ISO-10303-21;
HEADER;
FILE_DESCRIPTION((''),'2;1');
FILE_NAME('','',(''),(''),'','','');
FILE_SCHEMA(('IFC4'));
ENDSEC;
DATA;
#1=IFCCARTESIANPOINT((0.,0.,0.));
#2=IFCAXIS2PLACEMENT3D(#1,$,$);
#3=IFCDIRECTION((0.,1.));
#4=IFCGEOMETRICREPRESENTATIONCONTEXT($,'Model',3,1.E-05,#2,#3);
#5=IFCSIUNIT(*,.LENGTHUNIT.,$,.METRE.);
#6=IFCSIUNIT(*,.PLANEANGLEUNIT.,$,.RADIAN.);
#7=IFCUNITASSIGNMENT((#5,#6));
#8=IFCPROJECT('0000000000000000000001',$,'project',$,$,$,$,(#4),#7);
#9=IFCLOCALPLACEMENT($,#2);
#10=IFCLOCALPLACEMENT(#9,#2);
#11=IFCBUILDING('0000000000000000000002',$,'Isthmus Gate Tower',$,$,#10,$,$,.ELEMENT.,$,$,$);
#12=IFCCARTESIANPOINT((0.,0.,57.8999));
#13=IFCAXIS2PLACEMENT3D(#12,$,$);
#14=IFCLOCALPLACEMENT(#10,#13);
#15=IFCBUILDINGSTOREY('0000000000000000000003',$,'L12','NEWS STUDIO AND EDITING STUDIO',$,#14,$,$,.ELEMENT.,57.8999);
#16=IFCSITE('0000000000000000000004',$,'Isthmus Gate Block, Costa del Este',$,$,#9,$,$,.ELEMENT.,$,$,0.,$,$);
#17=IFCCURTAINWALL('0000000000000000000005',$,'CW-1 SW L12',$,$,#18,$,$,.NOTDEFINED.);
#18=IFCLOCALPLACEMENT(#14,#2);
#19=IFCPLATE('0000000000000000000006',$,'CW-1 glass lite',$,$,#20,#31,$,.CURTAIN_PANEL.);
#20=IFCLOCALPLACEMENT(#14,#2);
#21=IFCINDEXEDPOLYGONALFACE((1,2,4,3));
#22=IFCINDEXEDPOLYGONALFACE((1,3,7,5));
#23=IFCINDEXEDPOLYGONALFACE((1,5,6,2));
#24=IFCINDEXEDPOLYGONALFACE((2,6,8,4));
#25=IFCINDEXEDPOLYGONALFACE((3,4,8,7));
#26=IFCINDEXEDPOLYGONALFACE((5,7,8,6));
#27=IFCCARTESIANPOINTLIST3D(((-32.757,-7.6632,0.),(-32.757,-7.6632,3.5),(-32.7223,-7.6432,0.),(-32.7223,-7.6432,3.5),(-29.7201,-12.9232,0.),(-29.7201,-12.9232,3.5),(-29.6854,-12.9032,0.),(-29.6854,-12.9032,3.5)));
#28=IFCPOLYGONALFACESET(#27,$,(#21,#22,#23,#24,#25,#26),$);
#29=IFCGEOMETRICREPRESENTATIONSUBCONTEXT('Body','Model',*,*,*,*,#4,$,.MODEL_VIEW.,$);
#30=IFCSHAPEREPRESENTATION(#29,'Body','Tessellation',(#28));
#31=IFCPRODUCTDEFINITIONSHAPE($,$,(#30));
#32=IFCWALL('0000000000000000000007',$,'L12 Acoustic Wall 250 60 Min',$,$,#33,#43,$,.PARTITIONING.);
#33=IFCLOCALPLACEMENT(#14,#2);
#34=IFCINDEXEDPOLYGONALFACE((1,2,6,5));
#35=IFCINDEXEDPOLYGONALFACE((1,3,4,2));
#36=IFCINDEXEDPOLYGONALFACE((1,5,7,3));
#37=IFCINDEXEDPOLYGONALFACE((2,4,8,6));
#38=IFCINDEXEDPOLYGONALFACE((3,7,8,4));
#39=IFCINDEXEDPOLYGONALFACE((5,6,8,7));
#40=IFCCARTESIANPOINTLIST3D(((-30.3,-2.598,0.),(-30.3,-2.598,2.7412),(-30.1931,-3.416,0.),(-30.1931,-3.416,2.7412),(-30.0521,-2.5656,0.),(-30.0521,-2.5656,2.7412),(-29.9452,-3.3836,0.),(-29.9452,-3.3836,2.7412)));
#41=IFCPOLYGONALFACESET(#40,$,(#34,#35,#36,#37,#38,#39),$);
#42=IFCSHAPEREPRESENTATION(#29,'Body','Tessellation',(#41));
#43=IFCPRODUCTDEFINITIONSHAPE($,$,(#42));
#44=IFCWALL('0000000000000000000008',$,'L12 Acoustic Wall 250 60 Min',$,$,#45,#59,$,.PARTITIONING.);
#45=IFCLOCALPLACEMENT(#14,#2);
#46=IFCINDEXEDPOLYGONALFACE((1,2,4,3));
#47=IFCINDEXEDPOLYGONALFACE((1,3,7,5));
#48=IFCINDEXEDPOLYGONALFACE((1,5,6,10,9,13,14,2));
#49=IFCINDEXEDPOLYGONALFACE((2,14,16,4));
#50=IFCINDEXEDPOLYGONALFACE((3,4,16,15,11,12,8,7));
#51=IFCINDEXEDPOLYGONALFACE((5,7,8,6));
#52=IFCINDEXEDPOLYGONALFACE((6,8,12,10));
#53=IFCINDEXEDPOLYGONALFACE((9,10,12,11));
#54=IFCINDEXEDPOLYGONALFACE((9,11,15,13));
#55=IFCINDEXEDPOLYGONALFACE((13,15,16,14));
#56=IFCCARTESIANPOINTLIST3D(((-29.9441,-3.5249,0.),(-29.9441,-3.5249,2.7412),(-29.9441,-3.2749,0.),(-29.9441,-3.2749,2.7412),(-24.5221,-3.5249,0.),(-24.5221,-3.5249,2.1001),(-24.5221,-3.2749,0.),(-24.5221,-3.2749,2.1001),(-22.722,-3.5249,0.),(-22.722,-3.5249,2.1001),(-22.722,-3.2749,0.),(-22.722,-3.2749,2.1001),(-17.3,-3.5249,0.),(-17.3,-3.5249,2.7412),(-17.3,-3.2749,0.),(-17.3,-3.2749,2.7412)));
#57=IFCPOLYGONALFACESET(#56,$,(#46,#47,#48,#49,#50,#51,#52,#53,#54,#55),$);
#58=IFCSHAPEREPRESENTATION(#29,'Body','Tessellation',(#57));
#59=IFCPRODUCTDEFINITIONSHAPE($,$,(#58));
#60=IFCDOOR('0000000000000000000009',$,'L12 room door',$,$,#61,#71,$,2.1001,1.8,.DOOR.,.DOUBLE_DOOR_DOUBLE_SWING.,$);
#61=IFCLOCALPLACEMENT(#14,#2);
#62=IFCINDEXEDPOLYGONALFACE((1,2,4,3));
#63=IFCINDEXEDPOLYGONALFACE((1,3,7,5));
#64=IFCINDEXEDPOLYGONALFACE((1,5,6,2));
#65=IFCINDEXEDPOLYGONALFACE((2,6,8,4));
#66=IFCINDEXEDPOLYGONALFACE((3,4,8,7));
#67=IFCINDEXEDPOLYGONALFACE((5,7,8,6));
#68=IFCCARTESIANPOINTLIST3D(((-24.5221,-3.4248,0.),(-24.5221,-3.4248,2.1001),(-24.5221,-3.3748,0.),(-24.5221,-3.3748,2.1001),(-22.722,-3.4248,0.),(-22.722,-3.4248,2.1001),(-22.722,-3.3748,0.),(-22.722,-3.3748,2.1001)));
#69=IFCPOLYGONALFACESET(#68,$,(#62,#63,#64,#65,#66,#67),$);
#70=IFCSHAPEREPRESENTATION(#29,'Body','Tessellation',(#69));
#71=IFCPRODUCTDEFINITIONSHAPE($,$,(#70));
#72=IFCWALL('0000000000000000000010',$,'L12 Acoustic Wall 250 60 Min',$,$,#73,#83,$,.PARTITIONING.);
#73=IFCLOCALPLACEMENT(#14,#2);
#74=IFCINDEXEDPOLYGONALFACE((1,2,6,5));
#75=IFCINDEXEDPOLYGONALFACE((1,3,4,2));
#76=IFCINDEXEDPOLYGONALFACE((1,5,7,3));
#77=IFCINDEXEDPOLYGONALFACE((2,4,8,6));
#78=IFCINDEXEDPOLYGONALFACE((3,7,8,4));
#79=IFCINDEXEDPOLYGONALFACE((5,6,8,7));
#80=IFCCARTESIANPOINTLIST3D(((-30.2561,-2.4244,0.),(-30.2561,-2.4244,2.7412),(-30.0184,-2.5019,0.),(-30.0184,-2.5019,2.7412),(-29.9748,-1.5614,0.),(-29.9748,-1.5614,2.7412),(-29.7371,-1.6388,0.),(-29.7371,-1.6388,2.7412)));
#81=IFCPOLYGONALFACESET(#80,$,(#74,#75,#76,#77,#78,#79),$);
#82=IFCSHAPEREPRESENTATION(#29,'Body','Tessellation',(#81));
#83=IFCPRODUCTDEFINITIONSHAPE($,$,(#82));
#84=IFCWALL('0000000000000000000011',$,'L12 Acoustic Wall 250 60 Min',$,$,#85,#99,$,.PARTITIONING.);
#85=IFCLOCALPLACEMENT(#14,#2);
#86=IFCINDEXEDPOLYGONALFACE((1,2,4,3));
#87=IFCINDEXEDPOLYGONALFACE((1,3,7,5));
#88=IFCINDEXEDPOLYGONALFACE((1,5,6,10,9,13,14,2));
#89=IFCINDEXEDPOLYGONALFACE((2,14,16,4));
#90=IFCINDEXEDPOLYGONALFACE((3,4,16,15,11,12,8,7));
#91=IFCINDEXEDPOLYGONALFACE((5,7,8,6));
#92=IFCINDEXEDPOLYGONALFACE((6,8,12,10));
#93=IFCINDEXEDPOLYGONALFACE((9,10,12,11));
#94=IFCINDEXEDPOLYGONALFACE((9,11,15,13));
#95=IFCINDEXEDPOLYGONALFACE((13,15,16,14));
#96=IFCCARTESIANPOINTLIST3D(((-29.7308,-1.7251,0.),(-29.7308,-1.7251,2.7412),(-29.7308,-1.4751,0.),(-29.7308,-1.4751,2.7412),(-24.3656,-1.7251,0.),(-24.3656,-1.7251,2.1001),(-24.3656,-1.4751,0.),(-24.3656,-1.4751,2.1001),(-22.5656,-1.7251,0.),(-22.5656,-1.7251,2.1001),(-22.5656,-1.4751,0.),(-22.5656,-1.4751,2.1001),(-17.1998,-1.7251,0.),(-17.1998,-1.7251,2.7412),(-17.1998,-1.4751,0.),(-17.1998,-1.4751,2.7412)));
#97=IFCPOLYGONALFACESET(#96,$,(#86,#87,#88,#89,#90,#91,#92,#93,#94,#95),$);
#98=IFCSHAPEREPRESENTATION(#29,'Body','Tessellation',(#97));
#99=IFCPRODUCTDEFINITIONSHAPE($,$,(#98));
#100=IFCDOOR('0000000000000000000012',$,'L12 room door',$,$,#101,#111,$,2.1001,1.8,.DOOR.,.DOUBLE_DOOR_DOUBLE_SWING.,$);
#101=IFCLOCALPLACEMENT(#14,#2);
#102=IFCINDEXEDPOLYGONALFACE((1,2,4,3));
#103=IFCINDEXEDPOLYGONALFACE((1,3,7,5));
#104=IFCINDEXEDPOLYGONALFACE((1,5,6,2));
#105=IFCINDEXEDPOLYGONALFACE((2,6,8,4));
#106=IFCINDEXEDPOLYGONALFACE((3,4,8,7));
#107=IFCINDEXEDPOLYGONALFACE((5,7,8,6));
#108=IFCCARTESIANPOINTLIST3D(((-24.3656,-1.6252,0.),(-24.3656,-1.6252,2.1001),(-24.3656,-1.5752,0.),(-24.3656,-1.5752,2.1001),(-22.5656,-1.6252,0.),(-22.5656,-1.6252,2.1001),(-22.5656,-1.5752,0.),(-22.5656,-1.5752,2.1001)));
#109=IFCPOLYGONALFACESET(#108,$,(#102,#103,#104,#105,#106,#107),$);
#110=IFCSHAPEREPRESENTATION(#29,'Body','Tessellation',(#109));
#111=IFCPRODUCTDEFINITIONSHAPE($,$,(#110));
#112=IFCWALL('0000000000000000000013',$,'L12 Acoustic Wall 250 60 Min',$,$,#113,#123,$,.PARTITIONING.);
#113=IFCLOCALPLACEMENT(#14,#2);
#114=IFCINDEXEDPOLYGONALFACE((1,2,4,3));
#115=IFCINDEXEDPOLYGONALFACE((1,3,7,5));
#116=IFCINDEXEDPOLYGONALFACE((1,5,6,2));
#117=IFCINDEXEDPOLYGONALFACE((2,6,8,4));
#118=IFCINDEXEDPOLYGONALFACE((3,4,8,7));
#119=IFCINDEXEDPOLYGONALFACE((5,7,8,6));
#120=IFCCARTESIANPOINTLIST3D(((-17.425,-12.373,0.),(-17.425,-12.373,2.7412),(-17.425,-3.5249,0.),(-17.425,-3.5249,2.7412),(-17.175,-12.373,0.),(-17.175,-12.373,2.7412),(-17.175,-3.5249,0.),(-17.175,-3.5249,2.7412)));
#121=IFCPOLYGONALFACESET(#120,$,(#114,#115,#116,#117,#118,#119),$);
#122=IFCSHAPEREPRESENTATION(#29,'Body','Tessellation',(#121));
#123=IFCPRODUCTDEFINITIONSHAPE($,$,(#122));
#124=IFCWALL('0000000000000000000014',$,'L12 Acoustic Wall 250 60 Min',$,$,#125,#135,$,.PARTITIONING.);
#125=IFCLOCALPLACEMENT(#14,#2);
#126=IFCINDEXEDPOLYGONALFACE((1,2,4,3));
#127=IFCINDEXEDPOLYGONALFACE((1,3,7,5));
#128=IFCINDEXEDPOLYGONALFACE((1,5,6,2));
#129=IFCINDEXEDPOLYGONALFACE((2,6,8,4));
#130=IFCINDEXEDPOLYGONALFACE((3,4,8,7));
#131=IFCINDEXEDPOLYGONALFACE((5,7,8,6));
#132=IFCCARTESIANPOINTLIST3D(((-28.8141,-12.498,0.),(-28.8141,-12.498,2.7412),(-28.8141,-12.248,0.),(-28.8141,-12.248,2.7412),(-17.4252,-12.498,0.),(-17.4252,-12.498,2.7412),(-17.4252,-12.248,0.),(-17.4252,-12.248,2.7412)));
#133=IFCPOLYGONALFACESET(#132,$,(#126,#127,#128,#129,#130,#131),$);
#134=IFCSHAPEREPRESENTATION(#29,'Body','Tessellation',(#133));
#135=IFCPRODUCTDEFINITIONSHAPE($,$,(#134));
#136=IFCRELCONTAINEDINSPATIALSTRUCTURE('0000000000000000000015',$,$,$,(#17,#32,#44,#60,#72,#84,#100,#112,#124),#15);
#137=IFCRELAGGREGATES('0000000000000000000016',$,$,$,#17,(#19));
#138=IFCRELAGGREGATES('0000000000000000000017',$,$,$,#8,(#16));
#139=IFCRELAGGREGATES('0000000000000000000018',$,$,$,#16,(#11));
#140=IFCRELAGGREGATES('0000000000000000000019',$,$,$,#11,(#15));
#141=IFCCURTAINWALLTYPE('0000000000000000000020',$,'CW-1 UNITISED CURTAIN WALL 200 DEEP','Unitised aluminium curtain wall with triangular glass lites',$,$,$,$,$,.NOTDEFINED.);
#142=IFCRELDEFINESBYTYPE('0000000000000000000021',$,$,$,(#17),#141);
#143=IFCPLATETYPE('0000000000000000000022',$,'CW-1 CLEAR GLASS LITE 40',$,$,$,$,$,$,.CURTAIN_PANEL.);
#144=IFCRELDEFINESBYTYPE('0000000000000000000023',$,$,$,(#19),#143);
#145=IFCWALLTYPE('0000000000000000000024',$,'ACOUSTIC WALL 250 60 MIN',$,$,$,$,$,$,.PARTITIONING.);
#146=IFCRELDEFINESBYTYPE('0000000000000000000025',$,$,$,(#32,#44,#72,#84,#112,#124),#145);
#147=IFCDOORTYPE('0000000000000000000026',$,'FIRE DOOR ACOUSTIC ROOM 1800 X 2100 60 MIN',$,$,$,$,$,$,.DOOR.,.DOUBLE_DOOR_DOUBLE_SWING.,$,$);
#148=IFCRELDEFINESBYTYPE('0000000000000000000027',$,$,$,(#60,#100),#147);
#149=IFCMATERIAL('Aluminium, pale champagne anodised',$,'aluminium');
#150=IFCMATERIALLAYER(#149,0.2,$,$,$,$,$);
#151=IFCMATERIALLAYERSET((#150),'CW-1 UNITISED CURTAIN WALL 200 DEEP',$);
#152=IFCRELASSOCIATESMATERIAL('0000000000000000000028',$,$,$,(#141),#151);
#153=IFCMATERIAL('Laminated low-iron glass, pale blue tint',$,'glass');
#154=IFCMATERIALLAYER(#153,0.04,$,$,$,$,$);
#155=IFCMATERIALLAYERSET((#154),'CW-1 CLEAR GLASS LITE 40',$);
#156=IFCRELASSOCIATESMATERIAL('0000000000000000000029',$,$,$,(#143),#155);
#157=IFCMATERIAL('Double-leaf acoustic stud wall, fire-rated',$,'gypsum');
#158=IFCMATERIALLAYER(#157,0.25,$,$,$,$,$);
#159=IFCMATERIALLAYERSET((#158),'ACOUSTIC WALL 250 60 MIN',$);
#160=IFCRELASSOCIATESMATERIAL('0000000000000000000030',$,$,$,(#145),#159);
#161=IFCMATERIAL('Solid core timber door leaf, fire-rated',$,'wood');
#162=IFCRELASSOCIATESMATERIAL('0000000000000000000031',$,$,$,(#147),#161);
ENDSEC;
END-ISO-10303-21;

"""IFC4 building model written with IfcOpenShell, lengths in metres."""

from ifc_helpers import new_model, si_unit, direction, frame, frame_2d, origin, origin_2d, place, context, subcontext, project, spatial, rectangle, extrude, material, layer, layer_set, type_object, element, fill, aggregate, save


model = new_model("IFC4")

# Units and contexts
model_context = context("Model", 3, precision=1e-05, world=origin(), true_north=direction((0.0, 1.0)))
body_context = subcontext(model_context, "Body", "Model", "MODEL_VIEW")
ifc_project = project(units=[si_unit("LENGTHUNIT", "METRE"), si_unit("PLANEANGLEUNIT", "RADIAN")], contexts=[model_context])

# Site, building, storey
site_placement = place(None, origin())
site = spatial("IfcSite", under=ifc_project, at=site_placement, Name="Isthmus Gate Block, Costa del Este", CompositionType="ELEMENT", RefElevation=0.0)
building_placement = place(site_placement, origin())
building = spatial("IfcBuilding", under=site, at=building_placement, Name="Isthmus Gate Tower", CompositionType="ELEMENT")
storey_placement = place(building_placement, frame((0.0, 0.0, 57.8999)))
storey = spatial("IfcBuildingStorey", under=building, at=storey_placement, Name="L12", Description="NEWS STUDIO AND EDITING STUDIO", CompositionType="ELEMENT", Elevation=57.8999)

# Curtain wall
ifc_material_1 = material(Name="Aluminium, pale champagne anodised", Category="aluminium")
ifc_layer_1 = layer(ifc_material_1, 0.2)
ifc_layer_set_1 = layer_set([ifc_layer_1], Name="CW-1 UNITISED CURTAIN WALL 200 DEEP")
curtain_wall_type = type_object("IfcCurtainWallType", Name="CW-1 UNITISED CURTAIN WALL 200 DEEP", Description="Unitised aluminium curtain wall with triangular glass lites", PredefinedType="NOTDEFINED", material=ifc_layer_set_1)
curtain_wall_1_placement = place(storey_placement, origin())
curtain_wall_1 = element("IfcCurtainWall", 1, at=curtain_wall_1_placement, inside=storey, type_object=curtain_wall_type, Name="CW-1 SW L12", PredefinedType="NOTDEFINED")

# Shared definitions
ifc_material_2 = material(Name="Laminated low-iron glass, pale blue tint", Category="glass")
ifc_layer_2 = layer(ifc_material_2, 0.04)
ifc_layer_set_2 = layer_set([ifc_layer_2], Name="CW-1 CLEAR GLASS LITE 40")
plate_type = type_object("IfcPlateType", Name="CW-1 CLEAR GLASS LITE 40", PredefinedType="CURTAIN_PANEL", material=ifc_layer_set_2)

# Plate
plate_1_placement = place(storey_placement, frame((-31.2212, -10.2832, 0.0), z_axis=(0.0, 0.0, 1.0), x_axis=(0.5, -0.866025, 0.0)))
plate_1 = element("IfcPlate", 2, at=plate_1_placement, type_object=plate_type, Name="CW-1 glass lite", PredefinedType="CURTAIN_PANEL", context=body_context, shape_type="SweptSolid", body=[
    extrude(rectangle(XDim=6.0737, YDim=0.04, at=origin_2d()), origin(), (0.0, 0.0, 1.0), 3.5),
])
aggregate(curtain_wall_1, [plate_1])

# Wall
ifc_material_3 = material(Name="Double-leaf acoustic stud wall, fire-rated", Category="gypsum")
ifc_layer_3 = layer(ifc_material_3, 0.25)
ifc_layer_set_3 = layer_set([ifc_layer_3], Name="ACOUSTIC WALL 250 60 MIN")
wall_type = type_object("IfcWallType", Name="ACOUSTIC WALL 250 60 MIN", PredefinedType="PARTITIONING", material=ifc_layer_set_3)
wall_1_placement = place(storey_placement, frame((-30.0691, -3.3999, 0.0), z_axis=(0.0, 0.0, 1.0), x_axis=(-0.129643, 0.991561, 0.0)))
element("IfcWall", 3, at=wall_1_placement, inside=storey, type_object=wall_type, Name="L12 Acoustic Wall 250 60 Min", PredefinedType="PARTITIONING", context=body_context, shape_type="SweptSolid", body=[
    extrude(rectangle(XDim=0.825, YDim=0.25, at=frame_2d((0.4126, 0.0))), origin(), (0.0, 0.0, 1.0), 2.7412),
])

# Wall, opening, door
wall_2_placement = place(storey_placement, frame((-17.3, -3.3999, 0.0), z_axis=(0.0, 0.0, 1.0), x_axis=(-1.0, 0.0, 0.0)))
wall_2 = element("IfcWall", 4, at=wall_2_placement, inside=storey, type_object=wall_type, Name="L12 Acoustic Wall 250 60 Min", PredefinedType="PARTITIONING", context=body_context, shape_type="SweptSolid", body=[
    extrude(rectangle(XDim=12.644, YDim=0.25, at=frame_2d((6.322, 0.0))), origin(), (0.0, 0.0, 1.0), 2.7412),
])
opening_1_placement = place(wall_2_placement, frame((5.4221, 0.0, 0.0)))
opening_1 = element("IfcOpeningElement", 5, at=opening_1_placement, cuts=wall_2, PredefinedType="OPENING", context=body_context, shape_type="SweptSolid", body=[
    extrude(rectangle(XDim=1.8, YDim=2.1001, at=frame_2d((0.8999, 1.05))), frame((0.0, 0.135, 0.0), z_axis=(0.0, -1.0, 0.0), x_axis=(1.0, 0.0, 0.0)), (0.0, 0.0, 1.0), 0.27),
])
ifc_material_4 = material(Name="Solid core timber door leaf, fire-rated", Category="wood")
door_type = type_object("IfcDoorType", Name="FIRE DOOR ACOUSTIC ROOM 1800 X 2100 60 MIN", OperationType="DOUBLE_DOOR_DOUBLE_SWING", PredefinedType="DOOR", material=ifc_material_4)
door_1_placement = place(opening_1_placement, origin())
door_1 = element("IfcDoor", 6, at=door_1_placement, inside=storey, type_object=door_type, Name="L12 room door", OperationType="DOUBLE_DOOR_DOUBLE_SWING", OverallHeight=2.1001, OverallWidth=1.8, PredefinedType="DOOR", context=body_context, shape_type="SweptSolid", body=[
    extrude(rectangle(XDim=1.8, YDim=2.1001, at=frame_2d((0.8999, 1.05))), frame((0.0, 0.0249, 0.0), z_axis=(0.0, -1.0, 0.0), x_axis=(1.0, 0.0, 0.0)), (0.0, 0.0, 1.0), 0.05),
])
fill(opening_1, door_1)

# Wall
wall_3_placement = place(storey_placement, frame((-30.1372, -2.4631, 0.0), z_axis=(0.0, 0.0, 1.0), x_axis=(0.309846, 0.950787, 0.0)))
element("IfcWall", 7, at=wall_3_placement, inside=storey, type_object=wall_type, Name="L12 Acoustic Wall 250 60 Min", PredefinedType="PARTITIONING", context=body_context, shape_type="SweptSolid", body=[
    extrude(rectangle(XDim=0.9077, YDim=0.25, at=frame_2d((0.4539, 0.0))), origin(), (0.0, 0.0, 1.0), 2.7412),
])

# Wall, opening, door
wall_4_placement = place(storey_placement, frame((-29.731, -1.6001, 0.0), z_axis=(0.0, 0.0, 1.0), x_axis=(1.0, 0.0, 0.0)))
wall_4 = element("IfcWall", 8, at=wall_4_placement, inside=storey, type_object=wall_type, Name="L12 Acoustic Wall 250 60 Min", PredefinedType="PARTITIONING", context=body_context, shape_type="SweptSolid", body=[
    extrude(rectangle(XDim=12.531, YDim=0.25, at=frame_2d((6.2656, 0.0))), origin(), (0.0, 0.0, 1.0), 2.7412),
])
opening_2_placement = place(wall_4_placement, frame((5.3655, 0.0, 0.0)))
opening_2 = element("IfcOpeningElement", 9, at=opening_2_placement, cuts=wall_4, PredefinedType="OPENING", context=body_context, shape_type="SweptSolid", body=[
    extrude(rectangle(XDim=1.8, YDim=2.1001, at=frame_2d((0.8999, 1.05))), frame((0.0, 0.135, 0.0), z_axis=(0.0, -1.0, 0.0), x_axis=(1.0, 0.0, 0.0)), (0.0, 0.0, 1.0), 0.27),
])
door_2_placement = place(opening_2_placement, origin())
door_2 = element("IfcDoor", 10, at=door_2_placement, inside=storey, type_object=door_type, Name="L12 room door", OperationType="DOUBLE_DOOR_DOUBLE_SWING", OverallHeight=2.1001, OverallWidth=1.8, PredefinedType="DOOR", context=body_context, shape_type="SweptSolid", body=[
    extrude(rectangle(XDim=1.8, YDim=2.1001, at=frame_2d((0.8999, 1.05))), frame((0.0, 0.0249, 0.0), z_axis=(0.0, -1.0, 0.0), x_axis=(1.0, 0.0, 0.0)), (0.0, 0.0, 1.0), 0.05),
])
fill(opening_2, door_2)

# Walls
wall_5_placement = place(storey_placement, frame((-17.3, -12.373, 0.0), z_axis=(0.0, 0.0, 1.0), x_axis=(0.0, 1.0, 0.0)))
element("IfcWall", 11, at=wall_5_placement, inside=storey, type_object=wall_type, Name="L12 Acoustic Wall 250 60 Min", PredefinedType="PARTITIONING", context=body_context, shape_type="SweptSolid", body=[
    extrude(rectangle(XDim=8.8481, YDim=0.25, at=frame_2d((4.4241, 0.0))), origin(), (0.0, 0.0, 1.0), 2.7412),
])
wall_6_placement = place(storey_placement, frame((-28.814, -12.373, 0.0), z_axis=(0.0, 0.0, 1.0), x_axis=(1.0, 0.0, 0.0)))
element("IfcWall", 12, at=wall_6_placement, inside=storey, type_object=wall_type, Name="L12 Acoustic Wall 250 60 Min", PredefinedType="PARTITIONING", context=body_context, shape_type="SweptSolid", body=[
    extrude(rectangle(XDim=11.3889, YDim=0.25, at=frame_2d((5.6943, 0.0))), origin(), (0.0, 0.0, 1.0), 2.7412),
])

save(model, "model.ifc")
